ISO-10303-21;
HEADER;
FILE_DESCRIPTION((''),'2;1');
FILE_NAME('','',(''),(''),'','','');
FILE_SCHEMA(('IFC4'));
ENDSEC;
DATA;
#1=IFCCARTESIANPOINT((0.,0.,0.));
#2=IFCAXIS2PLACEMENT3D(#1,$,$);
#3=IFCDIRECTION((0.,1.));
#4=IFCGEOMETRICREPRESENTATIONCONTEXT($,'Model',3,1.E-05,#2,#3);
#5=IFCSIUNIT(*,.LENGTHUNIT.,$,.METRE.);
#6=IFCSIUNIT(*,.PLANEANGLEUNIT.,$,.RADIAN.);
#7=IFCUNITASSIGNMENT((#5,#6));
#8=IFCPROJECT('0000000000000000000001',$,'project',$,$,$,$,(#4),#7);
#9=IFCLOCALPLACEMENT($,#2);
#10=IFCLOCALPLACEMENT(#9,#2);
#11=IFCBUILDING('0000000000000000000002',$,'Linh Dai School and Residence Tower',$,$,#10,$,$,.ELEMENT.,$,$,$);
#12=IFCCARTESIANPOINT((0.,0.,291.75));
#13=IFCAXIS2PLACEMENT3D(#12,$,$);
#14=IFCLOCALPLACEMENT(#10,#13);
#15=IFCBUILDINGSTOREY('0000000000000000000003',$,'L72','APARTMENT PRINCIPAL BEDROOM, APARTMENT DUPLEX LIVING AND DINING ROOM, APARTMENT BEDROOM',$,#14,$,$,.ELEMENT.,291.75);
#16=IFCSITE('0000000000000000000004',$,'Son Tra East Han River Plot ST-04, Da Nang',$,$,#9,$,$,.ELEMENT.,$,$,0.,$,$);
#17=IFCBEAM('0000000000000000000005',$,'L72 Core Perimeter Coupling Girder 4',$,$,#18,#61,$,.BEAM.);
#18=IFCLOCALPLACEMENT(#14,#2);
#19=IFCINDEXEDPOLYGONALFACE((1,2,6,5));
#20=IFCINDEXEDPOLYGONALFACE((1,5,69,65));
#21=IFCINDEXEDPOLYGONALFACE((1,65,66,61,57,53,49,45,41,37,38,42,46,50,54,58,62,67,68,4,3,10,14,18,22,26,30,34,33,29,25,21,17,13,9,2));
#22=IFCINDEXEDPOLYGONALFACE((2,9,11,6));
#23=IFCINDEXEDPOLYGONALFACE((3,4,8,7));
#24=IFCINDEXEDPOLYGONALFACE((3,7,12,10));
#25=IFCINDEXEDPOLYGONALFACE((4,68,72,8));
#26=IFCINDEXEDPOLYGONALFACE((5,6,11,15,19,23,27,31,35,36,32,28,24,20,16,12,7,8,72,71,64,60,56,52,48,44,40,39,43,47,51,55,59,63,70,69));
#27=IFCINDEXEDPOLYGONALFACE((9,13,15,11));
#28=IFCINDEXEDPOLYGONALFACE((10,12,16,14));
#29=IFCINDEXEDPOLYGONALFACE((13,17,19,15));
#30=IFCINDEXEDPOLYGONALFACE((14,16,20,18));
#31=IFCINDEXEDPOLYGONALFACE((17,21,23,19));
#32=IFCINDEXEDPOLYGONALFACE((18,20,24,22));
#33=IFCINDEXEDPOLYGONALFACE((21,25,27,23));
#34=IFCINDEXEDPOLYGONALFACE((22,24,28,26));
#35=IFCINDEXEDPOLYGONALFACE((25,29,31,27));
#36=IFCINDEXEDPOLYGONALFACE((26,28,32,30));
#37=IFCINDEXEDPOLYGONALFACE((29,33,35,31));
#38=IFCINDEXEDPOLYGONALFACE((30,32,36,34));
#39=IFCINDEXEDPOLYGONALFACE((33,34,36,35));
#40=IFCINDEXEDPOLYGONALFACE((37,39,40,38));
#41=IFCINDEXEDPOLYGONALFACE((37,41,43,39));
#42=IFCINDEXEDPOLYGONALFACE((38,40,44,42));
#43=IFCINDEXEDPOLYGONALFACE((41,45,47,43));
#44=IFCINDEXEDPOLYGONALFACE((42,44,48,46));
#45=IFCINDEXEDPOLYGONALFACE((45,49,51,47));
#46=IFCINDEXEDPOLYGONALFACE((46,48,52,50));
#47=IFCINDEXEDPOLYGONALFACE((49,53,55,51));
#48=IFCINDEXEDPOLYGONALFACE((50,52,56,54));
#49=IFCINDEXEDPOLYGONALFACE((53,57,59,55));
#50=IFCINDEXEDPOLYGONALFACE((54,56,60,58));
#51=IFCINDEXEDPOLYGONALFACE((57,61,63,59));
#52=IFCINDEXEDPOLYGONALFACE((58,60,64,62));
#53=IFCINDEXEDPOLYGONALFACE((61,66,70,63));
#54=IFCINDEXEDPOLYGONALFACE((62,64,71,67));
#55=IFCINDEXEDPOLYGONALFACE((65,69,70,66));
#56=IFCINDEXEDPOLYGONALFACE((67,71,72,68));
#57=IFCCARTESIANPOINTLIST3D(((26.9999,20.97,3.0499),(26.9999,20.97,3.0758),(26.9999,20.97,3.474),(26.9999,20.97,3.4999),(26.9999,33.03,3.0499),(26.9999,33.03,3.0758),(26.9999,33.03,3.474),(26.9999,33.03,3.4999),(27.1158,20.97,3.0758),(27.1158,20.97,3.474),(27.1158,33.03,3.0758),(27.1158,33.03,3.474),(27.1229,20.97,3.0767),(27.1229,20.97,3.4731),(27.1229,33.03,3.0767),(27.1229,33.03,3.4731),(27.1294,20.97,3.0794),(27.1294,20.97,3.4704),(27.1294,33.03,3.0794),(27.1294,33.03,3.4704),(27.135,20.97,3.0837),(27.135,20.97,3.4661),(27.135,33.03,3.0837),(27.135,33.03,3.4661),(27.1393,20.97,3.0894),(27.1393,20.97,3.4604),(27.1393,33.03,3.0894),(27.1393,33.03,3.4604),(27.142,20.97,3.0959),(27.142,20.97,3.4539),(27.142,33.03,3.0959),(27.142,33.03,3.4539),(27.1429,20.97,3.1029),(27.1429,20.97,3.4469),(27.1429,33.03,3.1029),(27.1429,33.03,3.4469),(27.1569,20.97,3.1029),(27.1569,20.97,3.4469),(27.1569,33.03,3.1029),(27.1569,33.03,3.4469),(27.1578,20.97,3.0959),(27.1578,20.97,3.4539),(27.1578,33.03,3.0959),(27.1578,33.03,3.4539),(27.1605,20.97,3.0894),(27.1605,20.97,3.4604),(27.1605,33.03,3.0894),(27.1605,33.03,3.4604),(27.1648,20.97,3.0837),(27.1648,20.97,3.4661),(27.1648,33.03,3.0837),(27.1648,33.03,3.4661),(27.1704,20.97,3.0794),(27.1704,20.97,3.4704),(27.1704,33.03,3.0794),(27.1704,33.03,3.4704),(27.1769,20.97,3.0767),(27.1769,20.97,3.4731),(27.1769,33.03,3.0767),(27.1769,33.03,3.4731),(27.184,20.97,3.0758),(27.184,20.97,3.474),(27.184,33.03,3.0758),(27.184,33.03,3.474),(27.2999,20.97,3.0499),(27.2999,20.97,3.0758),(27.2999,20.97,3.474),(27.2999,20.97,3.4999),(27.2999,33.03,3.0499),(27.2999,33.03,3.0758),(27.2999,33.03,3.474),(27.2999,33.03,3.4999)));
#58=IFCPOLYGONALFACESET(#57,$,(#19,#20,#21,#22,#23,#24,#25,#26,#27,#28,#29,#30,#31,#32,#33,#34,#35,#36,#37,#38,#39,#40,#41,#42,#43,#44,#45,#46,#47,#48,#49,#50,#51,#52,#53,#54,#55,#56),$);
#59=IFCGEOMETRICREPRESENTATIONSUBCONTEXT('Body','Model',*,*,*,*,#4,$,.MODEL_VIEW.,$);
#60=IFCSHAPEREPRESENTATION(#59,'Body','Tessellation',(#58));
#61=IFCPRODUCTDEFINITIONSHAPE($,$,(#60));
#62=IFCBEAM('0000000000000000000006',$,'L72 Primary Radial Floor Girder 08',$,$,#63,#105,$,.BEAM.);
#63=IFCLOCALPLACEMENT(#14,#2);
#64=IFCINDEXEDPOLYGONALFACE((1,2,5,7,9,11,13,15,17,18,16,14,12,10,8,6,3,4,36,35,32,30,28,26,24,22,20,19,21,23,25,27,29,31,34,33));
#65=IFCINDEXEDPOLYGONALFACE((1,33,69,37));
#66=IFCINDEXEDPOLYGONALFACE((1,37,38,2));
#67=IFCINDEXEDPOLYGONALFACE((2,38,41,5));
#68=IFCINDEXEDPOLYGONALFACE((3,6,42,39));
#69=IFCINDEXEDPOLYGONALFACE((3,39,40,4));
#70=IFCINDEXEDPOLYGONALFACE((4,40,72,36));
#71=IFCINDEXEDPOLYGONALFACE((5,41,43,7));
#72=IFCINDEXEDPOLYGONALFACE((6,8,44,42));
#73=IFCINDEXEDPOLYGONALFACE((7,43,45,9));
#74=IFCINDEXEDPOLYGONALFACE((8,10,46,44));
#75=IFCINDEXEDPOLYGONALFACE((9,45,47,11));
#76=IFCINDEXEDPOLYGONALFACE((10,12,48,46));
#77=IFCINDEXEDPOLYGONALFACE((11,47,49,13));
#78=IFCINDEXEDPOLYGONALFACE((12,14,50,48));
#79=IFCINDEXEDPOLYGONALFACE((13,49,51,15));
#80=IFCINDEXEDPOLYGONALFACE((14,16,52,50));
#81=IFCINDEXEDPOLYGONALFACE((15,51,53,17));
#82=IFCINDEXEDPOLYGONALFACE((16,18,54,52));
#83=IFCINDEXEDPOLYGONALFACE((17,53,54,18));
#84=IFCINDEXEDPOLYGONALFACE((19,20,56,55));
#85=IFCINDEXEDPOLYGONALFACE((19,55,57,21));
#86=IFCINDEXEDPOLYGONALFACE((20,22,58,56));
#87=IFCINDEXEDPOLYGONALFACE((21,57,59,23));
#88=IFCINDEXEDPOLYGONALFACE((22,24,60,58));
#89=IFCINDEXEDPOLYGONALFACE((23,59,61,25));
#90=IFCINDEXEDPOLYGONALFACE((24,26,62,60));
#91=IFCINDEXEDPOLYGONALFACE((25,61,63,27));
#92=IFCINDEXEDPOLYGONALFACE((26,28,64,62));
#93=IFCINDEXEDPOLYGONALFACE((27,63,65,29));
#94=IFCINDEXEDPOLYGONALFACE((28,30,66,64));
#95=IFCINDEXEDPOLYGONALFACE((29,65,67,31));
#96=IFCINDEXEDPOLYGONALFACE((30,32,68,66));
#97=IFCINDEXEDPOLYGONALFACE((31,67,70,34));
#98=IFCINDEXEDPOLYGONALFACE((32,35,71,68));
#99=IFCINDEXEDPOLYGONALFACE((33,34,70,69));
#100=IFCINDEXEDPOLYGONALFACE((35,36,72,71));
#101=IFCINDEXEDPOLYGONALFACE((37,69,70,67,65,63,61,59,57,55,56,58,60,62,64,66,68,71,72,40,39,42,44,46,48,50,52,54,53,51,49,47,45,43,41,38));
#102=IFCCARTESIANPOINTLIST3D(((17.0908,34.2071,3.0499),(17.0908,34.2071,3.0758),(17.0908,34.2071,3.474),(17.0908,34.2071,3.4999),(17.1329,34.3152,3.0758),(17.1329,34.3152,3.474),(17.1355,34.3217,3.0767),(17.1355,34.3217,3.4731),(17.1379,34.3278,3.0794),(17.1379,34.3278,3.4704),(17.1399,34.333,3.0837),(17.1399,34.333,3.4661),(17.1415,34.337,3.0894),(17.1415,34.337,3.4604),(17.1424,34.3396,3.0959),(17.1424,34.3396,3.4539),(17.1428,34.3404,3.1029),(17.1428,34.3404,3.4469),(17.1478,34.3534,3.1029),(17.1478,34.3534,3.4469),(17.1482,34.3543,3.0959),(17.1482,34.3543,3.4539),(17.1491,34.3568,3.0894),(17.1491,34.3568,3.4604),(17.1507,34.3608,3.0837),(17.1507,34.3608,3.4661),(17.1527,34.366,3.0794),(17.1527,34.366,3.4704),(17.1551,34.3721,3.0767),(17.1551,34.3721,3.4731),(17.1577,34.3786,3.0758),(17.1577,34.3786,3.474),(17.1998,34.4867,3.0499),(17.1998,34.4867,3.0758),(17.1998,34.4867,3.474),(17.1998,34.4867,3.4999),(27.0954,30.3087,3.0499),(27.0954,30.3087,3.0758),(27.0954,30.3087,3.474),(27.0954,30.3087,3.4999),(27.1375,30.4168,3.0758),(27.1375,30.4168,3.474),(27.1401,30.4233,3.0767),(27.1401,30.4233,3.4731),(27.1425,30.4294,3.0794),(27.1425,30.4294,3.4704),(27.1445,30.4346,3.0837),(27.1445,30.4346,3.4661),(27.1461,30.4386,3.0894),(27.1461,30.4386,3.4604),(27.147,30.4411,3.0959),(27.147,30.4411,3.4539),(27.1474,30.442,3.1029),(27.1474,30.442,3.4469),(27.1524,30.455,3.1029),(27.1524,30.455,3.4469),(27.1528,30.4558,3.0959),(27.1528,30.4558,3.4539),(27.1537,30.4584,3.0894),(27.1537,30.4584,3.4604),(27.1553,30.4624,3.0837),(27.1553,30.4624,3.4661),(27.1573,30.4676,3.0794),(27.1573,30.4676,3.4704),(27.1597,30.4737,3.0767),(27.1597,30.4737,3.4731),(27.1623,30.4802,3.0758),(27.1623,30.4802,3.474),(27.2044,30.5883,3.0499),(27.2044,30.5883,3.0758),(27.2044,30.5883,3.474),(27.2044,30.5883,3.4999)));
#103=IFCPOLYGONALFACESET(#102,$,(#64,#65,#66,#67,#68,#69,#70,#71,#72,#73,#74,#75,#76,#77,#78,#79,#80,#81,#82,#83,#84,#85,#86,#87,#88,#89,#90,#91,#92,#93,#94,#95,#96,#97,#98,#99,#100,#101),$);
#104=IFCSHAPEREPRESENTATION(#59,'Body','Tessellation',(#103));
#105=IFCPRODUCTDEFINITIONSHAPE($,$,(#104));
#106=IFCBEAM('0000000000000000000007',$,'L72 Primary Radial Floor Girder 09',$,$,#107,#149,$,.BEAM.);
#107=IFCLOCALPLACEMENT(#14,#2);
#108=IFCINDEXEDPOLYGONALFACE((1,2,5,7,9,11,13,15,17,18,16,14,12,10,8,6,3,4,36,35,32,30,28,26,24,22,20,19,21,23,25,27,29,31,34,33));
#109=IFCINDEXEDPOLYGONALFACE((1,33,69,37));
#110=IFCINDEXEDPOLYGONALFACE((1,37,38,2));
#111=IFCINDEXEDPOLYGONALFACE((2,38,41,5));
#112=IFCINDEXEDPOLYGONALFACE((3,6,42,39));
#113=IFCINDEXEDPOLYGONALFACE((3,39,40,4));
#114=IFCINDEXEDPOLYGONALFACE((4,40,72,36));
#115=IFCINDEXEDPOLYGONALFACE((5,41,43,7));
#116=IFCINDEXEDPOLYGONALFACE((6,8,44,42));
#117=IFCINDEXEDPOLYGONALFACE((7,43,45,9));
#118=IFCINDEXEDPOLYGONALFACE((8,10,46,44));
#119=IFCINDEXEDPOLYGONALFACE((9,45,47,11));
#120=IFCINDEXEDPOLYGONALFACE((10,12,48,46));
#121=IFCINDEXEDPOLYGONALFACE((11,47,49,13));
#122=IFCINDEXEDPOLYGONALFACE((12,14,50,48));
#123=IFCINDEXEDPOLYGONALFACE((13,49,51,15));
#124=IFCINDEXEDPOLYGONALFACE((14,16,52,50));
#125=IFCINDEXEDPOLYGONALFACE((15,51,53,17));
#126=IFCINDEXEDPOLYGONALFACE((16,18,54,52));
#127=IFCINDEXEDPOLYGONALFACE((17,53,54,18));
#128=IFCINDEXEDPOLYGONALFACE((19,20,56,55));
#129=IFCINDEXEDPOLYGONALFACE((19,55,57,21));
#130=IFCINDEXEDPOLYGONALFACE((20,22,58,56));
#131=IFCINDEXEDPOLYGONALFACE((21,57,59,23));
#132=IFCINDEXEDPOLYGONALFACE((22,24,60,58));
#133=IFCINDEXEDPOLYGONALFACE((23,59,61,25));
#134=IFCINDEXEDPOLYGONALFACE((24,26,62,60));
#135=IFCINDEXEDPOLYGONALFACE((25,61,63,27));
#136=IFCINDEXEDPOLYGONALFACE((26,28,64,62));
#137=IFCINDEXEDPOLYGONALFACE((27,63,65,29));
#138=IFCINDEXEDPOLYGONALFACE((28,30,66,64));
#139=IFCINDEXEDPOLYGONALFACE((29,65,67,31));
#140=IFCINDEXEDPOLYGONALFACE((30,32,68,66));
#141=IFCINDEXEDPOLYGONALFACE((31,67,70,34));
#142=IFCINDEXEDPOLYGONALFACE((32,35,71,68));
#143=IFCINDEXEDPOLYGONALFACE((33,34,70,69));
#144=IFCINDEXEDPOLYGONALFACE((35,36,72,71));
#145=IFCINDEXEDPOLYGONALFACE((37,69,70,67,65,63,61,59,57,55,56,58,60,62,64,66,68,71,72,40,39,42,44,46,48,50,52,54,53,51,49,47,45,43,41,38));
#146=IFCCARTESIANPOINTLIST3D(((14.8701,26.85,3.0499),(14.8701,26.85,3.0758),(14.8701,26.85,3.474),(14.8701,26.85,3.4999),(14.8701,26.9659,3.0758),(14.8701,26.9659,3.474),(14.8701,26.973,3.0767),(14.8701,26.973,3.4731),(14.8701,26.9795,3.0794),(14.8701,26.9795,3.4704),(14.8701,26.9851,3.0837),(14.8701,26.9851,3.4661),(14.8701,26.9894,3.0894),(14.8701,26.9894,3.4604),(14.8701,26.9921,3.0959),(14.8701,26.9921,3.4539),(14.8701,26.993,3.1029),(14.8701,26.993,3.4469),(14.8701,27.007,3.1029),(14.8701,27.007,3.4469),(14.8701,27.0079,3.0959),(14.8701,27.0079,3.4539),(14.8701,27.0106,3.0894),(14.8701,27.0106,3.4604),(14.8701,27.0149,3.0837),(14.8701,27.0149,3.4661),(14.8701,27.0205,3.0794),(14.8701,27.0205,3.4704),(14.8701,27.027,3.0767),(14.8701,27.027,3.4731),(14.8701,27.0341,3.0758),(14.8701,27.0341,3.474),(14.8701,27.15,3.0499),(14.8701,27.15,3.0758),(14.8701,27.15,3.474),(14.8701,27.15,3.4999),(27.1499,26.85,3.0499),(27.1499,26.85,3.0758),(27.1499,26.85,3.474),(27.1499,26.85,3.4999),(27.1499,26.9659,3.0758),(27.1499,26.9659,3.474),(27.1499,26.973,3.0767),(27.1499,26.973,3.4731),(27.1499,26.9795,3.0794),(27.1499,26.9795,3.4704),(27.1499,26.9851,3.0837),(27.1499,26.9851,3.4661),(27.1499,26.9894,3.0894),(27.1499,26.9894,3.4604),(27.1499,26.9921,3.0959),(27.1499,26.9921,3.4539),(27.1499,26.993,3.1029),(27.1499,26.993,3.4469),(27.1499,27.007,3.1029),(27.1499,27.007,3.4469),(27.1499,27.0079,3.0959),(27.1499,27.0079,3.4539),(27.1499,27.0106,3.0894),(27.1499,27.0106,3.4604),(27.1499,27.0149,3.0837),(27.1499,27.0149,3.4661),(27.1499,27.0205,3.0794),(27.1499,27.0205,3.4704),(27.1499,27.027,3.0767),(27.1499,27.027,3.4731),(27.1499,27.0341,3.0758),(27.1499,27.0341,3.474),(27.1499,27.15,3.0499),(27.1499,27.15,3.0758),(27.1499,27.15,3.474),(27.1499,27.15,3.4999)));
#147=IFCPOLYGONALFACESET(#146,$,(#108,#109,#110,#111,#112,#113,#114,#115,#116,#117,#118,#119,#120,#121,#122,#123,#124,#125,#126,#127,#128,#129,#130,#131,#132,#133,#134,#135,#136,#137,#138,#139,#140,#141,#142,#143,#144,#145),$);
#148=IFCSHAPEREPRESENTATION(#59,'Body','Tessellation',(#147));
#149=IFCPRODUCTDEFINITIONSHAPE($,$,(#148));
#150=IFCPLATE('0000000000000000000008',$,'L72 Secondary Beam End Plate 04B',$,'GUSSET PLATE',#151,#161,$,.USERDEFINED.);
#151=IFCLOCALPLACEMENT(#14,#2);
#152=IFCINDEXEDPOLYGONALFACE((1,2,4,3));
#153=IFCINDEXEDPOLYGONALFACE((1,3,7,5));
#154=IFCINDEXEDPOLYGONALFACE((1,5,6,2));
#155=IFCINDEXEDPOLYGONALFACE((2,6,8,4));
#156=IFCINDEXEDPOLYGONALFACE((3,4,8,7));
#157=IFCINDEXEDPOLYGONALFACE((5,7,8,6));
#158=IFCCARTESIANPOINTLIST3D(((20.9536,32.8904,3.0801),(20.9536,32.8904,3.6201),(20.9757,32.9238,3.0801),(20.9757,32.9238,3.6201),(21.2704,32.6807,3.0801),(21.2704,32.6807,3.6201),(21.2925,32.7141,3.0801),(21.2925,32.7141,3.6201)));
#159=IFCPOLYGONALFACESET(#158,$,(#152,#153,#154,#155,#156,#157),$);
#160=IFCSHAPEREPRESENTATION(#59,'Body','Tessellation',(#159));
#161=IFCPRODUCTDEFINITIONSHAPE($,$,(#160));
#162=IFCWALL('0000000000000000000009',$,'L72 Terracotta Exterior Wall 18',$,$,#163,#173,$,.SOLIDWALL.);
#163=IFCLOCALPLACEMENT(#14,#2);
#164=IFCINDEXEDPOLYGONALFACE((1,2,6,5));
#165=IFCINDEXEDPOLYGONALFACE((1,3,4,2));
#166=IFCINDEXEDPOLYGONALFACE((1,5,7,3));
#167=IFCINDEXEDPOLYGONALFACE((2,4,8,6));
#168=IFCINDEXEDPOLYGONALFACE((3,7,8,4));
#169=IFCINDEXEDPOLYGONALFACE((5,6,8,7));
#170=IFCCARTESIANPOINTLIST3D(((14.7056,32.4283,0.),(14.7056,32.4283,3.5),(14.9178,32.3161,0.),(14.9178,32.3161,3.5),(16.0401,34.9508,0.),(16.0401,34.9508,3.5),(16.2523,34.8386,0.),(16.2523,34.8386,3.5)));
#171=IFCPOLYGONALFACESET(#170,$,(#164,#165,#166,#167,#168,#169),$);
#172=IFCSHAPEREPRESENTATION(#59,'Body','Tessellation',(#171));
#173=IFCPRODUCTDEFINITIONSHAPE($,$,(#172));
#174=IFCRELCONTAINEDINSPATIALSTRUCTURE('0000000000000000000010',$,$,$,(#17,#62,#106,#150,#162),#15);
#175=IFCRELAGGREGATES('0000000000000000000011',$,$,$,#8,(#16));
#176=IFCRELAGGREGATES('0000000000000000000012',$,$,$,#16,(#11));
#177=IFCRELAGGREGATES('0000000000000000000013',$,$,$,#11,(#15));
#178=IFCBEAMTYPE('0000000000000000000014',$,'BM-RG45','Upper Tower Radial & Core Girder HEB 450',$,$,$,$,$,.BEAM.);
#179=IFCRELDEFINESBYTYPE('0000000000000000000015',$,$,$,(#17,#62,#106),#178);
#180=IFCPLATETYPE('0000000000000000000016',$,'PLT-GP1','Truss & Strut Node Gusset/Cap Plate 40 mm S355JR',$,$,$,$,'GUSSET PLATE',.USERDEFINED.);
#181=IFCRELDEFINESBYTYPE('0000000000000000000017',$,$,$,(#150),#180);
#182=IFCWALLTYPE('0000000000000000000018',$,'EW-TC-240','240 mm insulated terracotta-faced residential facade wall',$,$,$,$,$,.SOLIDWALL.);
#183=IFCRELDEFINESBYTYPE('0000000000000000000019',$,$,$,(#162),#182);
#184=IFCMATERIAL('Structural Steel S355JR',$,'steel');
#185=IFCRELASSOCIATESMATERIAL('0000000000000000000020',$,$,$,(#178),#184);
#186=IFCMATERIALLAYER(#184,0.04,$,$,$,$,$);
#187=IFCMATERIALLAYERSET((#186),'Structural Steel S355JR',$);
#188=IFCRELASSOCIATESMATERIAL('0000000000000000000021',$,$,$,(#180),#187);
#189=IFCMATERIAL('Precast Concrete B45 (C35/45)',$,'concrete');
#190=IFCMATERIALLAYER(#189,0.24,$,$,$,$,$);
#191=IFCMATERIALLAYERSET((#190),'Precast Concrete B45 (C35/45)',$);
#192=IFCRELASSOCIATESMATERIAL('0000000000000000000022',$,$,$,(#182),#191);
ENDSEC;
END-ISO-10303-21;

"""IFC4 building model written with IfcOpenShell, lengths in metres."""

from ifc_helpers import new_model, si_unit, direction, frame, frame_2d, origin, origin_2d, place, context, subcontext, project, spatial, rectangle, i_section, extrude, source, transform, mapped, material, layer, layer_set, material_profile, profile_set, type_object, element, save


model = new_model("IFC4")

# Units and contexts
model_context = context("Model", 3, precision=1e-05, world=origin(), true_north=direction((0.0, 1.0)))
body_context = subcontext(model_context, "Body", "Model", "MODEL_VIEW")
ifc_project = project(units=[si_unit("LENGTHUNIT", "METRE"), si_unit("PLANEANGLEUNIT", "RADIAN")], contexts=[model_context])

# Site, building, storey
site_placement = place(None, origin())
site = spatial("IfcSite", under=ifc_project, at=site_placement, Name="Son Tra East Han River Plot ST-04, Da Nang", CompositionType="ELEMENT", RefElevation=0.0)
building_placement = place(site_placement, origin())
building = spatial("IfcBuilding", under=site, at=building_placement, Name="Linh Dai School and Residence Tower", CompositionType="ELEMENT")
storey_placement = place(building_placement, frame((0.0, 0.0, 291.75)))
storey = spatial("IfcBuildingStorey", under=building, at=storey_placement, Name="L72", Description="APARTMENT PRINCIPAL BEDROOM, APARTMENT DUPLEX LIVING AND DINING ROOM, APARTMENT BEDROOM", CompositionType="ELEMENT", Elevation=291.75)

# Shared definitions
ifc_material_1 = material(Name="Structural Steel S355JR", Category="steel")

# Beams
ifc_material_profile_1 = material_profile(ifc_material_1, i_section(OverallWidth=0.3, OverallDepth=0.45, WebThickness=0.0139, FlangeThickness=0.0259, FilletRadius=0.0271, at=origin_2d()), Name="HEB 450")
ifc_profile_set_1 = profile_set([ifc_material_profile_1], Name="Structural Steel S355JR")
beam_type_1 = type_object("IfcBeamType", Name="BM-RG45", Description="Upper Tower Radial & Core Girder HEB 450", PredefinedType="BEAM", material=ifc_profile_set_1)
beam_1_placement = place(storey_placement, frame((27.1499, 33.03, 3.2749), z_axis=(0.0, -1.0, 0.0), x_axis=(1.0, 0.0, 0.0)))
element("IfcBeam", 1, at=beam_1_placement, inside=storey, type_object=beam_type_1, Name="L72 Core Perimeter Coupling Girder 4", PredefinedType="BEAM", context=body_context, shape_type="SweptSolid", body=[
    extrude(i_section(OverallWidth=0.3, OverallDepth=0.45, WebThickness=0.0139, FlangeThickness=0.0259, FilletRadius=0.0271, at=origin_2d()), origin(), (0.0, 0.0, 1.0), 12.0601),
])
beam_2_placement = place(storey_placement, frame((27.1499, 30.4485, 3.2749), z_axis=(-0.931761, 0.363073, 0.0), x_axis=(-0.363073, -0.931761, 0.0)))
element("IfcBeam", 2, at=beam_2_placement, inside=storey, type_object=beam_type_1, Name="L72 Primary Radial Floor Girder 08", PredefinedType="BEAM", context=body_context, shape_type="SweptSolid", body=[
    extrude(i_section(OverallWidth=0.3, OverallDepth=0.45, WebThickness=0.0139, FlangeThickness=0.0259, FilletRadius=0.0271, at=origin_2d()), origin(), (0.0, 0.0, 1.0), 10.7373),
])
beam_3_placement = place(storey_placement, frame((27.1499, 27.0, 3.2749), z_axis=(-1.0, 0.0, 0.0), x_axis=(0.0, -1.0, 0.0)))
element("IfcBeam", 3, at=beam_3_placement, inside=storey, type_object=beam_type_1, Name="L72 Primary Radial Floor Girder 09", PredefinedType="BEAM", context=body_context, shape_type="SweptSolid", body=[
    extrude(i_section(OverallWidth=0.3, OverallDepth=0.45, WebThickness=0.0139, FlangeThickness=0.0259, FilletRadius=0.0271, at=origin_2d()), origin(), (0.0, 0.0, 1.0), 12.2798),
])

# Plate
ifc_layer_1 = layer(ifc_material_1, 0.04)
ifc_layer_set_1 = layer_set([ifc_layer_1], Name="Structural Steel S355JR")
plate_type = type_object("IfcPlateType", Name="PLT-GP1", Description="Truss & Strut Node Gusset/Cap Plate 40 mm S355JR", ElementType="GUSSET PLATE", PredefinedType="USERDEFINED", material=ifc_layer_set_1)
shared_shape_1 = source(origin(), body_context, "Body", "SweptSolid", [
    extrude(rectangle(XDim=0.04, YDim=0.3799, at=origin_2d()), origin(), (0.0, 0.0, 1.0), 0.54),
])
plate_placement = place(storey_placement, frame((21.123, 32.8022, 3.0801), z_axis=(0.0, 0.0, 1.0), x_axis=(-0.552122, -0.833763, 0.0)))
element("IfcPlate", 4, at=plate_placement, inside=storey, type_object=plate_type, Name="L72 Secondary Beam End Plate 04B", ObjectType="GUSSET PLATE", PredefinedType="USERDEFINED", context=body_context, shape_type="MappedRepresentation", body=[
    mapped(shared_shape_1, transform((0.0, 0.0, 0.0), x_axis=(1.0, 0.0, 0.0), y_axis=(0.0, 1.0, 0.0), z_axis=(0.0, 0.0, 1.0), scale=1.0)),
])

# Wall
ifc_material_2 = material(Name="Precast Concrete B45 (C35/45)", Category="concrete")
ifc_layer_2 = layer(ifc_material_2, 0.24)
ifc_layer_set_2 = layer_set([ifc_layer_2], Name="Precast Concrete B45 (C35/45)")
wall_type_1 = type_object("IfcWallType", Name="EW-TC-240", Description="240 mm insulated terracotta-faced residential facade wall", PredefinedType="SOLIDWALL", material=ifc_layer_set_2)
wall_1_placement = place(storey_placement, frame((14.8118, 32.3723, 0.0), z_axis=(0.0, 0.0, 1.0), x_axis=(0.467628, 0.883925, 0.0)))
element("IfcWall", 5, at=wall_1_placement, inside=storey, type_object=wall_type_1, Name="L72 Terracotta Exterior Wall 18", PredefinedType="SOLIDWALL", context=body_context, shape_type="SweptSolid", body=[
    extrude(rectangle(XDim=2.8538, YDim=0.24, at=frame_2d((1.4268, 0.0))), origin(), (0.0, 0.0, 1.0), 3.5),
])

save(model, "model.ifc")
